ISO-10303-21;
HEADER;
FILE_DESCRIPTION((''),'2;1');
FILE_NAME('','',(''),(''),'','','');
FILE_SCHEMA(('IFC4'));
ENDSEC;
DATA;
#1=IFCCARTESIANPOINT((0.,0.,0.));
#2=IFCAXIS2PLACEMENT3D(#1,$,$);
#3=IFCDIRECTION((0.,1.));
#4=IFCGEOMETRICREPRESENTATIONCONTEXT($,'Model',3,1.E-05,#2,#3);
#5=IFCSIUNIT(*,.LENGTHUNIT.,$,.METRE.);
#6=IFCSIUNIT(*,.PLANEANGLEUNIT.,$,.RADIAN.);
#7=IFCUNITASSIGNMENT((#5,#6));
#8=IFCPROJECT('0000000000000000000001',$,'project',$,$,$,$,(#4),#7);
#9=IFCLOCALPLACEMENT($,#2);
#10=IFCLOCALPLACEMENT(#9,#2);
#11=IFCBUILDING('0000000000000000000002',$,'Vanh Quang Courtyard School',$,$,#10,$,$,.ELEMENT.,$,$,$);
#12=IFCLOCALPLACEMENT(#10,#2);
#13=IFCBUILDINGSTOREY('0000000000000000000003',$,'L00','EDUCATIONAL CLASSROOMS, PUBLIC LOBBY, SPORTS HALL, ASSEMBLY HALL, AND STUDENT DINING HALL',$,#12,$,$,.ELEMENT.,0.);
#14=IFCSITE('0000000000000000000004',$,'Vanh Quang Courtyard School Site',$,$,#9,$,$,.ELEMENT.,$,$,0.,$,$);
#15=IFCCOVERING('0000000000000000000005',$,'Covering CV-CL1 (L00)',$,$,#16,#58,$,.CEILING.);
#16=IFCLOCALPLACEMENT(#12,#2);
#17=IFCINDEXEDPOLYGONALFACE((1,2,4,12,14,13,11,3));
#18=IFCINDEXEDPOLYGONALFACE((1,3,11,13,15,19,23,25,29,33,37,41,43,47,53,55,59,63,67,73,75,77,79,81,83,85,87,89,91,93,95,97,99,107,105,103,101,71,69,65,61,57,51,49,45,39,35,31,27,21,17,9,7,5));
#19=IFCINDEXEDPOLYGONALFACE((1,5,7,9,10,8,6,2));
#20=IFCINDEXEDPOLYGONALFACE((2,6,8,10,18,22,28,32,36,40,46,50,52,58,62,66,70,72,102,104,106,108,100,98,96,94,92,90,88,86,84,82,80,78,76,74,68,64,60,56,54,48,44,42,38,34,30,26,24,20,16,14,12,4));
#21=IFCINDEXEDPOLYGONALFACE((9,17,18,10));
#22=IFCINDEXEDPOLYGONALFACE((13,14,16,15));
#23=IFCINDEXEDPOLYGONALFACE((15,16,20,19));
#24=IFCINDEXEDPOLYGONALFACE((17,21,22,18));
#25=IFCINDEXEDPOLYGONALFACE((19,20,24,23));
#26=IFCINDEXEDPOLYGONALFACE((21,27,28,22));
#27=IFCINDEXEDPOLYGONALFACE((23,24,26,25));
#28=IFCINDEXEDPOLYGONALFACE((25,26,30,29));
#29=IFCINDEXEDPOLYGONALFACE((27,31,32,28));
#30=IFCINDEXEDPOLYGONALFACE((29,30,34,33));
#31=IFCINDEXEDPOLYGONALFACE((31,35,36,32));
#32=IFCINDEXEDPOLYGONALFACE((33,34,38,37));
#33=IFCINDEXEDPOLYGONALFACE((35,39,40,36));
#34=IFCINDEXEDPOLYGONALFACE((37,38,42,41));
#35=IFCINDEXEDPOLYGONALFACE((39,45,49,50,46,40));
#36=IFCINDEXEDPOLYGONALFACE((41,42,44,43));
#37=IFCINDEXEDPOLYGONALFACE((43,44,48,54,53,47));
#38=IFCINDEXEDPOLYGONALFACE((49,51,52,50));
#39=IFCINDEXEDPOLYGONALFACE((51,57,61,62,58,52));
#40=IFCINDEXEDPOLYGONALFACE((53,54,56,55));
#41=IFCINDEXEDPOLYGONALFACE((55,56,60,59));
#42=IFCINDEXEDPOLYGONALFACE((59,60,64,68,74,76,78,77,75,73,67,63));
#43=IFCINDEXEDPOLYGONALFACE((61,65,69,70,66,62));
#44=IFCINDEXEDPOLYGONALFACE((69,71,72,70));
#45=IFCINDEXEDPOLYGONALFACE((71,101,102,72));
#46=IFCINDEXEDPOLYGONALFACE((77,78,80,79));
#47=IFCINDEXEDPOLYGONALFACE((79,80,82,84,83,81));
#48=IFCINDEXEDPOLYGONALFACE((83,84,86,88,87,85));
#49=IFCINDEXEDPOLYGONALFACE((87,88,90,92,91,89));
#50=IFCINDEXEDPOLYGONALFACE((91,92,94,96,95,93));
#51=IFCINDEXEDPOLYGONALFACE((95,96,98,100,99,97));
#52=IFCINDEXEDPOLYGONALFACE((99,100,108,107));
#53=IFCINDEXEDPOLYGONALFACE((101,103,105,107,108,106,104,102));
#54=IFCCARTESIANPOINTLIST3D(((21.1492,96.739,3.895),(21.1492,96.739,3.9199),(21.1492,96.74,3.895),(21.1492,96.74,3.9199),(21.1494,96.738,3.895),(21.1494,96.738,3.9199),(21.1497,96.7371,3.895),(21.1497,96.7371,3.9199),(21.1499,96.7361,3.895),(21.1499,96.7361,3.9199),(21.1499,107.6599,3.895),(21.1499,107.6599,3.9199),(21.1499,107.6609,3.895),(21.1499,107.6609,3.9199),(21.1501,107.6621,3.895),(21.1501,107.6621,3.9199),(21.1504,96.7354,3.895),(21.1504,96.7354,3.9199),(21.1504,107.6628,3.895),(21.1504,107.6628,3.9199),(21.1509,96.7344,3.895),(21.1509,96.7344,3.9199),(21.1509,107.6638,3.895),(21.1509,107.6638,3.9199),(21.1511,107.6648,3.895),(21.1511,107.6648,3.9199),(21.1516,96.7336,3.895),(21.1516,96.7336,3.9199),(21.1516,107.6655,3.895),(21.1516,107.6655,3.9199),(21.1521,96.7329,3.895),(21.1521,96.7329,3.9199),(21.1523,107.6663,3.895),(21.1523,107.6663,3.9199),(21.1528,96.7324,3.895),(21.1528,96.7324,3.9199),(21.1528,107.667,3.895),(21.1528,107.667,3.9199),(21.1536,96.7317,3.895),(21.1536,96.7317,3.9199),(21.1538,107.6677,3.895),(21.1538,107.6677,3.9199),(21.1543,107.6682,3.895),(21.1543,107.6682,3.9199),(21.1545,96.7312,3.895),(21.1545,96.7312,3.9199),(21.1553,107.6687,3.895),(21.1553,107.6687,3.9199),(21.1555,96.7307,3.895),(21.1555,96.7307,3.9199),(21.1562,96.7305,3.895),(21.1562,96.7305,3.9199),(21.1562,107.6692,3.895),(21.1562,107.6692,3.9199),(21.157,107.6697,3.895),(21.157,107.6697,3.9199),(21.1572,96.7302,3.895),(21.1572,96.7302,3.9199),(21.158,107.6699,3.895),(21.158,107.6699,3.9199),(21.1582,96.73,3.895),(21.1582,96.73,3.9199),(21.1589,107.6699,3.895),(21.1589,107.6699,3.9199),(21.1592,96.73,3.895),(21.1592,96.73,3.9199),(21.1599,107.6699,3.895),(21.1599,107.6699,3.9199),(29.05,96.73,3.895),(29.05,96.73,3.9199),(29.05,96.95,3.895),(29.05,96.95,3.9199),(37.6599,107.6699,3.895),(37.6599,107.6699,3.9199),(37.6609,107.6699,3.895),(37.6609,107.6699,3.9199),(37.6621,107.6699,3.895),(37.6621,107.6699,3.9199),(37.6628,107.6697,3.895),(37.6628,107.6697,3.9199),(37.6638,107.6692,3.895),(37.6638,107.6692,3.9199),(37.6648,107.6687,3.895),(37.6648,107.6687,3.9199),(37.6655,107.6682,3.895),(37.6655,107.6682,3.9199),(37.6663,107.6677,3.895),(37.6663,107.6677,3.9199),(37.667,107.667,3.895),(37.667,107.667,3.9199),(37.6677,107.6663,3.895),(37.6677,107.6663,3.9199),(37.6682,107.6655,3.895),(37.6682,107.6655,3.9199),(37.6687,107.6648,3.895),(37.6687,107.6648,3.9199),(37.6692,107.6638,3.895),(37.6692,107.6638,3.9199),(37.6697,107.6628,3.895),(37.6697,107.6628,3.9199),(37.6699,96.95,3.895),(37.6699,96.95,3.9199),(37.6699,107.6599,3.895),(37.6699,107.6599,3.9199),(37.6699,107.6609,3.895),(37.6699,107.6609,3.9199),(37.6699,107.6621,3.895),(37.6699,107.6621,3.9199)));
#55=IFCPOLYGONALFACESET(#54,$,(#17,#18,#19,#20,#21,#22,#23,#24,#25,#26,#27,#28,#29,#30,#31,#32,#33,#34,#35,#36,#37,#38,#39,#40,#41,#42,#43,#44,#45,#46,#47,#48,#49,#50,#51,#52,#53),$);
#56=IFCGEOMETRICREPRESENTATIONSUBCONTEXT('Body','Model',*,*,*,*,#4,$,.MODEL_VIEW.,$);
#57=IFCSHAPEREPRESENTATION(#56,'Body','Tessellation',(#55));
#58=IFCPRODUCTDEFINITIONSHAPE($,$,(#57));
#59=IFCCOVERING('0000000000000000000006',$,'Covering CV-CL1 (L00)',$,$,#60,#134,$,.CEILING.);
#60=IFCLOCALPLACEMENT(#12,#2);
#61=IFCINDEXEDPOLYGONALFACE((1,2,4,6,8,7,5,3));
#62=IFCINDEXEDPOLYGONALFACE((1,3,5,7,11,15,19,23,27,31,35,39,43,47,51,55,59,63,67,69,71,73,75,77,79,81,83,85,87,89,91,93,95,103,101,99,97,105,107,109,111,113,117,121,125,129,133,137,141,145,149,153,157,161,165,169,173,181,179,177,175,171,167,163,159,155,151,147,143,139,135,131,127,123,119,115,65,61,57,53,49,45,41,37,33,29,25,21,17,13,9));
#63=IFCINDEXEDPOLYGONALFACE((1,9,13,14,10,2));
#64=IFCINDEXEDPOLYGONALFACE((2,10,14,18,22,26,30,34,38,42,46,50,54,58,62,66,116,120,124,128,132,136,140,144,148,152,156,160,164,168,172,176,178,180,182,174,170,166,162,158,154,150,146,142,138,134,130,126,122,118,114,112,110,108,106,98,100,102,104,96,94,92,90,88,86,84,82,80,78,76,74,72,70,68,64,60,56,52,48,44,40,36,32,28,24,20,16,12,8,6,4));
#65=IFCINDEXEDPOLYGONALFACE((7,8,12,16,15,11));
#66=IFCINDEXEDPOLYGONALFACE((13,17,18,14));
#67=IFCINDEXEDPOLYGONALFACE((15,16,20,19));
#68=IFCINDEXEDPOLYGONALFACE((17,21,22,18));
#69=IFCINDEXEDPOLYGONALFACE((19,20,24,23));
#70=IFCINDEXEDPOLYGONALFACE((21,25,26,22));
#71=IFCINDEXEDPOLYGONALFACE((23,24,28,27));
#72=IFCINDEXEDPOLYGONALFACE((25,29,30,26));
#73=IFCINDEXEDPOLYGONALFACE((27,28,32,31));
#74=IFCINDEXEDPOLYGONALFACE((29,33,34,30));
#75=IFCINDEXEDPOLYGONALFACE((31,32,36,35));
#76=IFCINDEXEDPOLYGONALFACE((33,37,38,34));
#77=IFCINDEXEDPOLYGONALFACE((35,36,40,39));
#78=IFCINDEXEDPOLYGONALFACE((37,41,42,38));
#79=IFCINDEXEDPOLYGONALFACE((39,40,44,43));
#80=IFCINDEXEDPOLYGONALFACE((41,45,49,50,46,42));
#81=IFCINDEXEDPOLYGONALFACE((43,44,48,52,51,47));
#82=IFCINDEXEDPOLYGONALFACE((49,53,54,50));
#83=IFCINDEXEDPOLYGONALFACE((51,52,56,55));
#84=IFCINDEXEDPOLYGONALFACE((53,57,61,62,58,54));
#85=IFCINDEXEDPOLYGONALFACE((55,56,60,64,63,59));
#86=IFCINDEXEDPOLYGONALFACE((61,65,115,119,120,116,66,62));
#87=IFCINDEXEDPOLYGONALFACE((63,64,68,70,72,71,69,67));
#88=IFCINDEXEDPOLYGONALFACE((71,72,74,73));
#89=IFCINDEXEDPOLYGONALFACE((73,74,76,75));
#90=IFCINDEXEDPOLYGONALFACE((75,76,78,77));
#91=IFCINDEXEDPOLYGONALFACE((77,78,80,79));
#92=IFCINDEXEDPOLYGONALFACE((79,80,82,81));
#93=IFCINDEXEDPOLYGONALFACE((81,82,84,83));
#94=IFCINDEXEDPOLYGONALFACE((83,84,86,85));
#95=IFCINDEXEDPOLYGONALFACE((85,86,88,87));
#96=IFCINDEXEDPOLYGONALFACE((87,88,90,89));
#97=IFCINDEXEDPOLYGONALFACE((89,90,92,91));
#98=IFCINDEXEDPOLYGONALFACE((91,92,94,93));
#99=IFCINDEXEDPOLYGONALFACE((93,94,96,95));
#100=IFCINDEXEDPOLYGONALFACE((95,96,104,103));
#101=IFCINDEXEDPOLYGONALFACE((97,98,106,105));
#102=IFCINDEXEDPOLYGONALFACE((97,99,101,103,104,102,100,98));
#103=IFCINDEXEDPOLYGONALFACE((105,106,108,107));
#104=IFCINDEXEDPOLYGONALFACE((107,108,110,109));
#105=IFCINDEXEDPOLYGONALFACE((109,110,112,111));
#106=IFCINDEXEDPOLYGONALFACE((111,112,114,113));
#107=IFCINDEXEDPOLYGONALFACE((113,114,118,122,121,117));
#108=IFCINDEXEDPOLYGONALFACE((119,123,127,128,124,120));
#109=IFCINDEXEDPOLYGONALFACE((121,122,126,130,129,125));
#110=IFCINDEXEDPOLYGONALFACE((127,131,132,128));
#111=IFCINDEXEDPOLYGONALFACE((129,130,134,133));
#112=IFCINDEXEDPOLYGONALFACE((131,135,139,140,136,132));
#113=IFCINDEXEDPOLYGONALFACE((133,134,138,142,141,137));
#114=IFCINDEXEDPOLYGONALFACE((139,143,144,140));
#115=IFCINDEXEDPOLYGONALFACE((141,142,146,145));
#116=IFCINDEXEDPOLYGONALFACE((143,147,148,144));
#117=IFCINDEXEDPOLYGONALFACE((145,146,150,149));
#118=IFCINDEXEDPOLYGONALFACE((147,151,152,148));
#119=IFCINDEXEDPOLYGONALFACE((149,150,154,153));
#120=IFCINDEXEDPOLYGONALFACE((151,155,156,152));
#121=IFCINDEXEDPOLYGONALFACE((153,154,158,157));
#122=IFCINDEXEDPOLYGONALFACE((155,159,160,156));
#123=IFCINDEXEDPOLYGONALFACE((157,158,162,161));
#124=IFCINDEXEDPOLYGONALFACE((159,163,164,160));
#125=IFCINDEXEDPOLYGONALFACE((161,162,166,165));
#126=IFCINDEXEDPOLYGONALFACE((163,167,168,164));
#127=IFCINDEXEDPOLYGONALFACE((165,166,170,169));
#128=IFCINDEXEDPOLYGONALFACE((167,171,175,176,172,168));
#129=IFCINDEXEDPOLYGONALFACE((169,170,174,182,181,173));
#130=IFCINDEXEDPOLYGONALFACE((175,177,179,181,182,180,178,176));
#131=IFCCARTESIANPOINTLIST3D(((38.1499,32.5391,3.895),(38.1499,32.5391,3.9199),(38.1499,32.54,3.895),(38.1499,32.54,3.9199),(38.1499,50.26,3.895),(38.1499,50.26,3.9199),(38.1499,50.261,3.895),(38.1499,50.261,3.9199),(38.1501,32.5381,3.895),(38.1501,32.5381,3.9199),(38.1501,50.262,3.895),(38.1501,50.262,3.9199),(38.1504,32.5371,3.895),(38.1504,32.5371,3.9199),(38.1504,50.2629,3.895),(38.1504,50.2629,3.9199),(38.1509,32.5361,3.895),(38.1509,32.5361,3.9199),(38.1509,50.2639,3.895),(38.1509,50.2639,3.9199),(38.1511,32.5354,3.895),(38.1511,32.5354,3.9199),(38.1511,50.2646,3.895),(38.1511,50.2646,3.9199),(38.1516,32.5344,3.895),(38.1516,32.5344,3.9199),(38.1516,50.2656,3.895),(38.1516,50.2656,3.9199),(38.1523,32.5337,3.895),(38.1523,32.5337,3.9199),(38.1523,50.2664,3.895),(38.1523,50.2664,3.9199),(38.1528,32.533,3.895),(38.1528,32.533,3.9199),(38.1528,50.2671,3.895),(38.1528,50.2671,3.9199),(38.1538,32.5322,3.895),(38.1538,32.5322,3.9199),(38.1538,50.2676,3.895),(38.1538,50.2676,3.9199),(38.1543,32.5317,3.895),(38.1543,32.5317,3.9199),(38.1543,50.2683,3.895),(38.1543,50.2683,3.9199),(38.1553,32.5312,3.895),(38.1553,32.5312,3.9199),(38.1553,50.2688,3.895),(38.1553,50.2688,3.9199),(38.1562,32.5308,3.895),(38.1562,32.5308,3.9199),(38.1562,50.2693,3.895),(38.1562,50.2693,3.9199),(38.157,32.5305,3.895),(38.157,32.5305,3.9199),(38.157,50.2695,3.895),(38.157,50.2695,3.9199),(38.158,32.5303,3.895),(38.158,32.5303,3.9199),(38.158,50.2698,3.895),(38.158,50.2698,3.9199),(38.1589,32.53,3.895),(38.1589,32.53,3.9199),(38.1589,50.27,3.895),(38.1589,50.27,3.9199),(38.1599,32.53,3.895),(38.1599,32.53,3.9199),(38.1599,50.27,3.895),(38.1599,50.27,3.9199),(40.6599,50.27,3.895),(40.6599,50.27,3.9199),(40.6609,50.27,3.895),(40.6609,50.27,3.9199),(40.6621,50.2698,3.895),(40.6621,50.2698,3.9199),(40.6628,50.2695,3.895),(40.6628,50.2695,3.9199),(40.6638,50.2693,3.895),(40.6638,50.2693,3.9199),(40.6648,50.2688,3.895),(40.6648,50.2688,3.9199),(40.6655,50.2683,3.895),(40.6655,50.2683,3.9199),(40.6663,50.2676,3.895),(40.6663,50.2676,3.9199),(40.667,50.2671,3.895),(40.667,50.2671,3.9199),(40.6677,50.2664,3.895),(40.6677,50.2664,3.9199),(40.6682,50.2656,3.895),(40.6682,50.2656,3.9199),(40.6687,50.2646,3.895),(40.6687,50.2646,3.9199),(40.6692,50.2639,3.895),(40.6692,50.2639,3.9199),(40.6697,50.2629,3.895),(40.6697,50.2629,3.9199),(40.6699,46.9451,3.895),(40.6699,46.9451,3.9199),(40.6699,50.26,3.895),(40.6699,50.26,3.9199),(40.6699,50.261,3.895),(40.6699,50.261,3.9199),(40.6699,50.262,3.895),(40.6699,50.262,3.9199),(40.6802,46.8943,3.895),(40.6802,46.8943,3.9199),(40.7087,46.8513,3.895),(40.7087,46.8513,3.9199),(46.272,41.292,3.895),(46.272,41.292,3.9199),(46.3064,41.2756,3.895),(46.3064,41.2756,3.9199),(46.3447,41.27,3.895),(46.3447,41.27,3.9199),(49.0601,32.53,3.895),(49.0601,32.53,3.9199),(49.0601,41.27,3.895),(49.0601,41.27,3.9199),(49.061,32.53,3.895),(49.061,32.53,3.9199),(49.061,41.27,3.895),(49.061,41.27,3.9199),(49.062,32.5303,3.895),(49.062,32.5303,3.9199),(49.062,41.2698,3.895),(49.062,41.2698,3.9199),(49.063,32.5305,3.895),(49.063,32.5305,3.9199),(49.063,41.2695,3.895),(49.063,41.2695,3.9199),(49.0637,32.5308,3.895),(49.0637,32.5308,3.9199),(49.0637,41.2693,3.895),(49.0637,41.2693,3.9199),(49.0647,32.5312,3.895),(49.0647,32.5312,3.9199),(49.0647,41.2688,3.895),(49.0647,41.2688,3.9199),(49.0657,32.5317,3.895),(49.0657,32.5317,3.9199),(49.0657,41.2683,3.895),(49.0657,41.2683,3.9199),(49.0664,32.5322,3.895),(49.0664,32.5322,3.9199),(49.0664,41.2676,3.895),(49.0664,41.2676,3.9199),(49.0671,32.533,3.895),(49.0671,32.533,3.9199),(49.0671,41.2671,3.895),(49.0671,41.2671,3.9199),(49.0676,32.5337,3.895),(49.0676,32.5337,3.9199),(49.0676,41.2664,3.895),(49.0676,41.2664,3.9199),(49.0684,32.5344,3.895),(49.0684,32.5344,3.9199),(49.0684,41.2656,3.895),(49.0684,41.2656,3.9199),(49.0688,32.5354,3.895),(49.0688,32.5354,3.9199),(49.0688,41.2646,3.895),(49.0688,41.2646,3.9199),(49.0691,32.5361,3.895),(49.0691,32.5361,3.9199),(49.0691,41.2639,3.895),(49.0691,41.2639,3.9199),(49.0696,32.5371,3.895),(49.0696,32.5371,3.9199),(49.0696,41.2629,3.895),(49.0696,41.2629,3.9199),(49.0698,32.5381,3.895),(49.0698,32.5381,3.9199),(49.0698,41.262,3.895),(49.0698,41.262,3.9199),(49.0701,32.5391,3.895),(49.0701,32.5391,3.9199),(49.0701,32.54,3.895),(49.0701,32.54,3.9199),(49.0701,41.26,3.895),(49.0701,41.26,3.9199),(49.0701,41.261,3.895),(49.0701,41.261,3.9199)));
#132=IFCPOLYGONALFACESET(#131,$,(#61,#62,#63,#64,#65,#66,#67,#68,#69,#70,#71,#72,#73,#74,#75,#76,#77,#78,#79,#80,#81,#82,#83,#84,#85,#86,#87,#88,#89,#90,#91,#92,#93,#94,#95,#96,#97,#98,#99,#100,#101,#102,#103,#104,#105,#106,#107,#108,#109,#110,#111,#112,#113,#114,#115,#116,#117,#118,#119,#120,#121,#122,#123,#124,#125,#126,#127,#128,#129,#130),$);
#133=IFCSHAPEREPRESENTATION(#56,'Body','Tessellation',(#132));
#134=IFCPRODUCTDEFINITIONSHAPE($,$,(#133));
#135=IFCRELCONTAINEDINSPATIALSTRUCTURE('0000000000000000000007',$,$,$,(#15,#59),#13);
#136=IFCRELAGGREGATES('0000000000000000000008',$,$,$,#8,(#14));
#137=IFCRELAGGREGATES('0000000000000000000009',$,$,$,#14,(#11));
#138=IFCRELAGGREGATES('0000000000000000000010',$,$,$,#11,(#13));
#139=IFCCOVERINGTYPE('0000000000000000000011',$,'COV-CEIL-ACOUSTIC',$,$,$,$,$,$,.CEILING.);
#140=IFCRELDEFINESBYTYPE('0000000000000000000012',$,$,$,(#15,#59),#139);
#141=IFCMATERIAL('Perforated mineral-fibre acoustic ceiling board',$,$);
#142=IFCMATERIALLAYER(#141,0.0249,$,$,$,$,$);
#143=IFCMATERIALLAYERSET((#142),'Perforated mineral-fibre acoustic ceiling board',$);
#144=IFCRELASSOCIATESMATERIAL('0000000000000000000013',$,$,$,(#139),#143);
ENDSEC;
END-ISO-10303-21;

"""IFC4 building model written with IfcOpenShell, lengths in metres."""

from ifc_helpers import new_model, si_unit, direction, frame, origin, place, context, subcontext, project, spatial, polyline, outline, extrude, material, layer, layer_set, type_object, element, save


model = new_model("IFC4")

# Units and contexts
model_context = context("Model", 3, precision=1e-05, world=origin(), true_north=direction((0.0, 1.0)))
body_context = subcontext(model_context, "Body", "Model", "MODEL_VIEW")
ifc_project = project(units=[si_unit("LENGTHUNIT", "METRE"), si_unit("PLANEANGLEUNIT", "RADIAN")], contexts=[model_context])

# Site, building, storey
site_placement = place(None, origin())
site = spatial("IfcSite", under=ifc_project, at=site_placement, Name="Vanh Quang Courtyard School Site", CompositionType="ELEMENT", RefElevation=0.0)
building_placement = place(site_placement, origin())
building = spatial("IfcBuilding", under=site, at=building_placement, Name="Vanh Quang Courtyard School", CompositionType="ELEMENT")
storey_placement = place(building_placement, origin())
storey = spatial("IfcBuildingStorey", under=building, at=storey_placement, Name="L00", Description="EDUCATIONAL CLASSROOMS, PUBLIC LOBBY, SPORTS HALL, ASSEMBLY HALL, AND STUDENT DINING HALL", CompositionType="ELEMENT", Elevation=0.0)

# Coverings
ifc_material_1 = material(Name="Perforated mineral-fibre acoustic ceiling board")
ifc_layer_1 = layer(ifc_material_1, 0.0249)
ifc_layer_set_1 = layer_set([ifc_layer_1], Name="Perforated mineral-fibre acoustic ceiling board")
covering_type_1 = type_object("IfcCoveringType", Name="COV-CEIL-ACOUSTIC", PredefinedType="CEILING", material=ifc_layer_set_1)
covering_1_placement = place(storey_placement, frame((0.0, 0.0, 3.895)))
element("IfcCovering", 1, at=covering_1_placement, inside=storey, type_object=covering_type_1, Name="Covering CV-CL1 (L00)", PredefinedType="CEILING", context=body_context, shape_type="SweptSolid", body=[
    extrude(outline(polyline([(21.1592, 96.73), (21.1582, 96.73), (21.1572, 96.7302), (21.1562, 96.7305), (21.1555, 96.7307), (21.1545, 96.7312), (21.1536, 96.7317), (21.1528, 96.7324), (21.1521, 96.7329), (21.1516, 96.7336), (21.1509, 96.7344), (21.1504, 96.7354), (21.1499, 96.7361), (21.1497, 96.7371), (21.1494, 96.738), (21.1492, 96.739), (21.1492, 96.74), (21.1499, 107.6599), (21.1499, 107.6609), (21.1501, 107.6621), (21.1504, 107.6628), (21.1509, 107.6638), (21.1511, 107.6648), (21.1516, 107.6655), (21.1523, 107.6663), (21.1528, 107.667), (21.1538, 107.6677), (21.1543, 107.6682), (21.1553, 107.6687), (21.1562, 107.6692), (21.157, 107.6697), (21.158, 107.6699), (21.1589, 107.6699), (21.1599, 107.6699), (37.6599, 107.6699), (37.6609, 107.6699), (37.6621, 107.6699), (37.6628, 107.6697), (37.6638, 107.6692), (37.6648, 107.6687), (37.6655, 107.6682), (37.6663, 107.6677), (37.667, 107.667), (37.6677, 107.6663), (37.6682, 107.6655), (37.6687, 107.6648), (37.6692, 107.6638), (37.6697, 107.6628), (37.6699, 107.6621), (37.6699, 107.6609), (37.6699, 107.6599), (37.6699, 96.95), (29.05, 96.95), (29.05, 96.73), (21.1592, 96.73)])), origin(), (0.0, 0.0, 1.0), 0.0249),
])
covering_2_placement = place(storey_placement, frame((0.0, 0.0, 3.895)))
element("IfcCovering", 2, at=covering_2_placement, inside=storey, type_object=covering_type_1, Name="Covering CV-CL1 (L00)", PredefinedType="CEILING", context=body_context, shape_type="SweptSolid", body=[
    extrude(outline(polyline([(38.1599, 32.53), (38.1589, 32.53), (38.158, 32.5303), (38.157, 32.5305), (38.1562, 32.5308), (38.1553, 32.5312), (38.1543, 32.5317), (38.1538, 32.5322), (38.1528, 32.533), (38.1523, 32.5337), (38.1516, 32.5344), (38.1511, 32.5354), (38.1509, 32.5361), (38.1504, 32.5371), (38.1501, 32.5381), (38.1499, 32.5391), (38.1499, 32.54), (38.1499, 50.26), (38.1499, 50.261), (38.1501, 50.262), (38.1504, 50.2629), (38.1509, 50.2639), (38.1511, 50.2646), (38.1516, 50.2656), (38.1523, 50.2664), (38.1528, 50.2671), (38.1538, 50.2676), (38.1543, 50.2683), (38.1553, 50.2688), (38.1562, 50.2693), (38.157, 50.2695), (38.158, 50.2698), (38.1589, 50.27), (38.1599, 50.27), (40.6599, 50.27), (40.6609, 50.27), (40.6621, 50.2698), (40.6628, 50.2695), (40.6638, 50.2693), (40.6648, 50.2688), (40.6655, 50.2683), (40.6663, 50.2676), (40.667, 50.2671), (40.6677, 50.2664), (40.6682, 50.2656), (40.6687, 50.2646), (40.6692, 50.2639), (40.6697, 50.2629), (40.6699, 50.262), (40.6699, 50.261), (40.6699, 50.26), (40.6699, 46.9451), (40.6802, 46.8943), (40.7087, 46.8513), (46.272, 41.292), (46.3064, 41.2756), (46.3447, 41.27), (49.0601, 41.27), (49.061, 41.27), (49.062, 41.2698), (49.063, 41.2695), (49.0637, 41.2693), (49.0647, 41.2688), (49.0657, 41.2683), (49.0664, 41.2676), (49.0671, 41.2671), (49.0676, 41.2664), (49.0684, 41.2656), (49.0688, 41.2646), (49.0691, 41.2639), (49.0696, 41.2629), (49.0698, 41.262), (49.0701, 41.261), (49.0701, 41.26), (49.0701, 32.54), (49.0701, 32.5391), (49.0698, 32.5381), (49.0696, 32.5371), (49.0691, 32.5361), (49.0688, 32.5354), (49.0684, 32.5344), (49.0676, 32.5337), (49.0671, 32.533), (49.0664, 32.5322), (49.0657, 32.5317), (49.0647, 32.5312), (49.0637, 32.5308), (49.063, 32.5305), (49.062, 32.5303), (49.061, 32.53), (49.0601, 32.53), (38.1599, 32.53)])), origin(), (0.0, 0.0, 1.0), 0.0249),
])

save(model, "model.ifc")
